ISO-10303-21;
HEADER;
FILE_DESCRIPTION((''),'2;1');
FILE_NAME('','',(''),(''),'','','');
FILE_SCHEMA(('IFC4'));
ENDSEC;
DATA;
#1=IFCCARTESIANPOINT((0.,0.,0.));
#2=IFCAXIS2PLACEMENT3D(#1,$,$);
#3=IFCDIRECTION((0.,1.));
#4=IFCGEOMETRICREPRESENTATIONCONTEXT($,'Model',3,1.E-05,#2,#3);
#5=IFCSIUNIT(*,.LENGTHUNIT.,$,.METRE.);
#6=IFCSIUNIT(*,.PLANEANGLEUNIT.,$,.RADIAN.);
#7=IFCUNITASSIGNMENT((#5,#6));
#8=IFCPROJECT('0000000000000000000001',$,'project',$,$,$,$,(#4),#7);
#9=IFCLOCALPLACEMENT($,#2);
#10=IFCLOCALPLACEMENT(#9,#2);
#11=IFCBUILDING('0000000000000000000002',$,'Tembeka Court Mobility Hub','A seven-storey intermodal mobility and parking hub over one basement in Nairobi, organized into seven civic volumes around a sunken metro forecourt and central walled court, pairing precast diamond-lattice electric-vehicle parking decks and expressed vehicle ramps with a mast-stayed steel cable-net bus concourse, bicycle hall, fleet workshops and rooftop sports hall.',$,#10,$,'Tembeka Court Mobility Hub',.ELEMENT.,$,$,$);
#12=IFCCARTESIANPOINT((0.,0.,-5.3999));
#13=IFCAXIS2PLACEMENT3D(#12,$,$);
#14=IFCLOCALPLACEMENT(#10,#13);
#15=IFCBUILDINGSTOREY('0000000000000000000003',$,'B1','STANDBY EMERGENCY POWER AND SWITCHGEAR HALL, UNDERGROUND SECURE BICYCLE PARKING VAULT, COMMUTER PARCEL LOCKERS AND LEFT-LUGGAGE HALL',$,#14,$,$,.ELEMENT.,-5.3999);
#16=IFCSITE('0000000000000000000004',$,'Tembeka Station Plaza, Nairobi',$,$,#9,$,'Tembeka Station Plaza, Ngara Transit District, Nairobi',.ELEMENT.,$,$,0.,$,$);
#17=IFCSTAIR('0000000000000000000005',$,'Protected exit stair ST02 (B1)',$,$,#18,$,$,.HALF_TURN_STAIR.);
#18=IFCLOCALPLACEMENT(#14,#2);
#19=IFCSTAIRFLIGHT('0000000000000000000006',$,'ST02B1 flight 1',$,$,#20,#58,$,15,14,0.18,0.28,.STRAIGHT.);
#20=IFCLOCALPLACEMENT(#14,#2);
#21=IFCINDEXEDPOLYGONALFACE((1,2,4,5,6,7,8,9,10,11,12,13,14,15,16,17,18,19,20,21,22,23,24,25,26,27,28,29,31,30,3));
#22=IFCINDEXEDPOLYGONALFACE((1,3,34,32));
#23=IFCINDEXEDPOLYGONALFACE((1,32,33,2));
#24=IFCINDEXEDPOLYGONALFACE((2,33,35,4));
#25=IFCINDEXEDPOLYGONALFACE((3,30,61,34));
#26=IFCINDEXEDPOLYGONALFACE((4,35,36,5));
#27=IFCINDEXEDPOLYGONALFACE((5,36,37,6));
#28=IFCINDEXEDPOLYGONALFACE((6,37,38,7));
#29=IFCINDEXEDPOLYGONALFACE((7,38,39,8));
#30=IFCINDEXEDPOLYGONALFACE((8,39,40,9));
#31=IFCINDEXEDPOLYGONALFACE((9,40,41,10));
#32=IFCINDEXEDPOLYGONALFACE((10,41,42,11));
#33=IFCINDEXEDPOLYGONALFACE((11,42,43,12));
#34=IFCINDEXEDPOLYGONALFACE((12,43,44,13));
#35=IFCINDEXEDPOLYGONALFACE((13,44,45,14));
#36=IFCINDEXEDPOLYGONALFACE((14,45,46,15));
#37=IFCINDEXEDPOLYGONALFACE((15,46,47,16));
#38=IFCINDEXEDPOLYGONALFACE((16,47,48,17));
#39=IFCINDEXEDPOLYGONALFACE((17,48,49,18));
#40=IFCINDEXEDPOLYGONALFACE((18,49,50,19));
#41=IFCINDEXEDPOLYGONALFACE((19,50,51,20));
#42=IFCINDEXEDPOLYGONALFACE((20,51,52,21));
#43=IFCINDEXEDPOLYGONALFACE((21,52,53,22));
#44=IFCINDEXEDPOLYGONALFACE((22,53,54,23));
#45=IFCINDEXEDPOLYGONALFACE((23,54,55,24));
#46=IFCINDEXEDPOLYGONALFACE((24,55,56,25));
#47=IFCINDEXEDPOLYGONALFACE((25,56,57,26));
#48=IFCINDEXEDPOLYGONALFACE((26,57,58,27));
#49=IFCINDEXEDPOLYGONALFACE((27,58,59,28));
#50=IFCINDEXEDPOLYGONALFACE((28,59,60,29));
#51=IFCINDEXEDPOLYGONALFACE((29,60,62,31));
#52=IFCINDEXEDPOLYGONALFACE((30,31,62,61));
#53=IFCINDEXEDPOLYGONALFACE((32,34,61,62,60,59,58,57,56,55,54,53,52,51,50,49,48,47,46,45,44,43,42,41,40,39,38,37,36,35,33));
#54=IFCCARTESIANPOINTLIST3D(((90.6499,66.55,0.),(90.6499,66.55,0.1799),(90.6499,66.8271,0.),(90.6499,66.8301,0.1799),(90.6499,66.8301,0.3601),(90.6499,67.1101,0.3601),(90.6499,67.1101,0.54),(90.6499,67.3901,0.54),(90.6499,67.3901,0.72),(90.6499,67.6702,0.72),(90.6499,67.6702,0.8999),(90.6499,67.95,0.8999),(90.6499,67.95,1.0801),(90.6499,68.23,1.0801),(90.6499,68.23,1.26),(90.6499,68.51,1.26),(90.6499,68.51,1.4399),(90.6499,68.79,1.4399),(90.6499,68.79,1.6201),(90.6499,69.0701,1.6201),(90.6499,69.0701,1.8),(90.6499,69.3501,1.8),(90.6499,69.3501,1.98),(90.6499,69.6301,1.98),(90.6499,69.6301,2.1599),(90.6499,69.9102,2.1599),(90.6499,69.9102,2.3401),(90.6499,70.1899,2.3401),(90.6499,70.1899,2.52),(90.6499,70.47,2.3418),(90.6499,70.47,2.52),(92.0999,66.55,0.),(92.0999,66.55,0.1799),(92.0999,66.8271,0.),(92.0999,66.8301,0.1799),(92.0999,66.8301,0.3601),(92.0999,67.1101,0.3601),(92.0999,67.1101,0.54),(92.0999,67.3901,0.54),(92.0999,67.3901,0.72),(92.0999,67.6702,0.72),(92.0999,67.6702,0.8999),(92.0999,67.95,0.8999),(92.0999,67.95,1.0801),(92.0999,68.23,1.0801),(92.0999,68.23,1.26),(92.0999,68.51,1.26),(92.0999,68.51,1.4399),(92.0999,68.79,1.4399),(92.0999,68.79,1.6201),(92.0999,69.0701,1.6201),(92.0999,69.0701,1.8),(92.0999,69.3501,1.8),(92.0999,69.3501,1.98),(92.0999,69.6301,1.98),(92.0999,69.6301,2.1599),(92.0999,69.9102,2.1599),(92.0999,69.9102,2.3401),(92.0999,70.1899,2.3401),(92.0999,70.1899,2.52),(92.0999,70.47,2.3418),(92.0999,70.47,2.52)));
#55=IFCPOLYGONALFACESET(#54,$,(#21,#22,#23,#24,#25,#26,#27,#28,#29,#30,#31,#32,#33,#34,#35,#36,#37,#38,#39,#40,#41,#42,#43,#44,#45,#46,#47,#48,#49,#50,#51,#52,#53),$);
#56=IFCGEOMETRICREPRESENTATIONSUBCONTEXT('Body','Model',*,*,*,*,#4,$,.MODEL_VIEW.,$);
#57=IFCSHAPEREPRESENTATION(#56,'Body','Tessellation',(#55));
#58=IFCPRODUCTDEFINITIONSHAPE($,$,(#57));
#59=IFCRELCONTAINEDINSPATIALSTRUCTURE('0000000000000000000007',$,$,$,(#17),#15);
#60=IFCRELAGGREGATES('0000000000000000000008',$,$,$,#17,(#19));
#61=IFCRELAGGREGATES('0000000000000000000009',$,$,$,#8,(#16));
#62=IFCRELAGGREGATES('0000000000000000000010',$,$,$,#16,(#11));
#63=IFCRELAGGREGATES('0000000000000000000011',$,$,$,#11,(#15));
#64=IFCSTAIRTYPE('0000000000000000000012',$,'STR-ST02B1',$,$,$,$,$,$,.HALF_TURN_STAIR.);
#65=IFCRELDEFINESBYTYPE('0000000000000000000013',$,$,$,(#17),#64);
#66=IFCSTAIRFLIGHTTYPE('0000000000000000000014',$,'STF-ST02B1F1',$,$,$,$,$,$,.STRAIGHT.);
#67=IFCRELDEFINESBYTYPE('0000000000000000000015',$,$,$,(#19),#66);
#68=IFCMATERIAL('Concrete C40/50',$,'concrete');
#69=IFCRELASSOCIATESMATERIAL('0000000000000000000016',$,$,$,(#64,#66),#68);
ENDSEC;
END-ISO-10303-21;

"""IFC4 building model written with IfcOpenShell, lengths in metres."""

from ifc_helpers import new_model, si_unit, direction, frame, origin, place, context, subcontext, project, spatial, polyline, outline, extrude, material, type_object, element, aggregate, save


model = new_model("IFC4")

# Units and contexts
model_context = context("Model", 3, precision=1e-05, world=origin(), true_north=direction((0.0, 1.0)))
body_context = subcontext(model_context, "Body", "Model", "MODEL_VIEW")
ifc_project = project(units=[si_unit("LENGTHUNIT", "METRE"), si_unit("PLANEANGLEUNIT", "RADIAN")], contexts=[model_context])

# Site, building, storey
site_placement = place(None, origin())
site = spatial("IfcSite", under=ifc_project, at=site_placement, Name="Tembeka Station Plaza, Nairobi", LongName="Tembeka Station Plaza, Ngara Transit District, Nairobi", CompositionType="ELEMENT", RefElevation=0.0)
building_placement = place(site_placement, origin())
building = spatial("IfcBuilding", under=site, at=building_placement, Name="Tembeka Court Mobility Hub", Description="A seven-storey intermodal mobility and parking hub over one basement in Nairobi, organized into seven civic volumes around a sunken metro forecourt and central walled court, pairing precast diamond-lattice electric-vehicle parking decks and expressed vehicle ramps with a mast-stayed steel cable-net bus concourse, bicycle hall, fleet workshops and rooftop sports hall.", LongName="Tembeka Court Mobility Hub", CompositionType="ELEMENT")
storey_placement = place(building_placement, frame((0.0, 0.0, -5.3999)))
storey = spatial("IfcBuildingStorey", under=building, at=storey_placement, Name="B1", Description="STANDBY EMERGENCY POWER AND SWITCHGEAR HALL, UNDERGROUND SECURE BICYCLE PARKING VAULT, COMMUTER PARCEL LOCKERS AND LEFT-LUGGAGE HALL", CompositionType="ELEMENT", Elevation=-5.3999)

# Shared definitions
ifc_material_1 = material(Name="Concrete C40/50", Category="concrete")

# Stair, stair flight
stair_type = type_object("IfcStairType", Name="STR-ST02B1", PredefinedType="HALF_TURN_STAIR", material=ifc_material_1)
stair_placement = place(storey_placement, origin())
stair = element("IfcStair", 1, at=stair_placement, inside=storey, type_object=stair_type, Name="Protected exit stair ST02 (B1)", PredefinedType="HALF_TURN_STAIR")
stair_flight_type = type_object("IfcStairFlightType", Name="STF-ST02B1F1", PredefinedType="STRAIGHT", material=ifc_material_1)
stair_flight_placement = place(storey_placement, frame((91.375, 66.55, 0.0), z_axis=(0.0, 0.0, 1.0), x_axis=(0.0, 1.0, 0.0)))
stair_flight = element("IfcStairFlight", 2, at=stair_flight_placement, type_object=stair_flight_type, Name="ST02B1 flight 1", NumberOfRisers=15, NumberOfTreads=14, PredefinedType="STRAIGHT", RiserHeight=0.18, TreadLength=0.28, context=body_context, shape_type="SweptSolid", body=[
    extrude(outline(polyline([(0.0, 0.0), (0.0, 0.1799), (0.28, 0.1799), (0.28, 0.3601), (0.5601, 0.3601), (0.5601, 0.54), (0.8401, 0.54), (0.8401, 0.72), (1.1201, 0.72), (1.1201, 0.8999), (1.3999, 0.8999), (1.3999, 1.0801), (1.6799, 1.0801), (1.6799, 1.26), (1.96, 1.26), (1.96, 1.4399), (2.24, 1.4399), (2.24, 1.6201), (2.52, 1.6201), (2.52, 1.8), (2.8, 1.8), (2.8, 1.98), (3.0801, 1.98), (3.0801, 2.1599), (3.3601, 2.1599), (3.3601, 2.3401), (3.6399, 2.3401), (3.6399, 2.52), (3.9199, 2.52), (3.9199, 2.7), (3.9199, 2.3418), (0.2771, 0.0), (0.0, 0.0)])), frame((0.0, 0.7251, 0.0), z_axis=(0.0, -1.0, 0.0), x_axis=(1.0, 0.0, 0.0)), (0.0, 0.0, 1.0), 1.45),
])
aggregate(stair, [stair_flight])

save(model, "model.ifc")
